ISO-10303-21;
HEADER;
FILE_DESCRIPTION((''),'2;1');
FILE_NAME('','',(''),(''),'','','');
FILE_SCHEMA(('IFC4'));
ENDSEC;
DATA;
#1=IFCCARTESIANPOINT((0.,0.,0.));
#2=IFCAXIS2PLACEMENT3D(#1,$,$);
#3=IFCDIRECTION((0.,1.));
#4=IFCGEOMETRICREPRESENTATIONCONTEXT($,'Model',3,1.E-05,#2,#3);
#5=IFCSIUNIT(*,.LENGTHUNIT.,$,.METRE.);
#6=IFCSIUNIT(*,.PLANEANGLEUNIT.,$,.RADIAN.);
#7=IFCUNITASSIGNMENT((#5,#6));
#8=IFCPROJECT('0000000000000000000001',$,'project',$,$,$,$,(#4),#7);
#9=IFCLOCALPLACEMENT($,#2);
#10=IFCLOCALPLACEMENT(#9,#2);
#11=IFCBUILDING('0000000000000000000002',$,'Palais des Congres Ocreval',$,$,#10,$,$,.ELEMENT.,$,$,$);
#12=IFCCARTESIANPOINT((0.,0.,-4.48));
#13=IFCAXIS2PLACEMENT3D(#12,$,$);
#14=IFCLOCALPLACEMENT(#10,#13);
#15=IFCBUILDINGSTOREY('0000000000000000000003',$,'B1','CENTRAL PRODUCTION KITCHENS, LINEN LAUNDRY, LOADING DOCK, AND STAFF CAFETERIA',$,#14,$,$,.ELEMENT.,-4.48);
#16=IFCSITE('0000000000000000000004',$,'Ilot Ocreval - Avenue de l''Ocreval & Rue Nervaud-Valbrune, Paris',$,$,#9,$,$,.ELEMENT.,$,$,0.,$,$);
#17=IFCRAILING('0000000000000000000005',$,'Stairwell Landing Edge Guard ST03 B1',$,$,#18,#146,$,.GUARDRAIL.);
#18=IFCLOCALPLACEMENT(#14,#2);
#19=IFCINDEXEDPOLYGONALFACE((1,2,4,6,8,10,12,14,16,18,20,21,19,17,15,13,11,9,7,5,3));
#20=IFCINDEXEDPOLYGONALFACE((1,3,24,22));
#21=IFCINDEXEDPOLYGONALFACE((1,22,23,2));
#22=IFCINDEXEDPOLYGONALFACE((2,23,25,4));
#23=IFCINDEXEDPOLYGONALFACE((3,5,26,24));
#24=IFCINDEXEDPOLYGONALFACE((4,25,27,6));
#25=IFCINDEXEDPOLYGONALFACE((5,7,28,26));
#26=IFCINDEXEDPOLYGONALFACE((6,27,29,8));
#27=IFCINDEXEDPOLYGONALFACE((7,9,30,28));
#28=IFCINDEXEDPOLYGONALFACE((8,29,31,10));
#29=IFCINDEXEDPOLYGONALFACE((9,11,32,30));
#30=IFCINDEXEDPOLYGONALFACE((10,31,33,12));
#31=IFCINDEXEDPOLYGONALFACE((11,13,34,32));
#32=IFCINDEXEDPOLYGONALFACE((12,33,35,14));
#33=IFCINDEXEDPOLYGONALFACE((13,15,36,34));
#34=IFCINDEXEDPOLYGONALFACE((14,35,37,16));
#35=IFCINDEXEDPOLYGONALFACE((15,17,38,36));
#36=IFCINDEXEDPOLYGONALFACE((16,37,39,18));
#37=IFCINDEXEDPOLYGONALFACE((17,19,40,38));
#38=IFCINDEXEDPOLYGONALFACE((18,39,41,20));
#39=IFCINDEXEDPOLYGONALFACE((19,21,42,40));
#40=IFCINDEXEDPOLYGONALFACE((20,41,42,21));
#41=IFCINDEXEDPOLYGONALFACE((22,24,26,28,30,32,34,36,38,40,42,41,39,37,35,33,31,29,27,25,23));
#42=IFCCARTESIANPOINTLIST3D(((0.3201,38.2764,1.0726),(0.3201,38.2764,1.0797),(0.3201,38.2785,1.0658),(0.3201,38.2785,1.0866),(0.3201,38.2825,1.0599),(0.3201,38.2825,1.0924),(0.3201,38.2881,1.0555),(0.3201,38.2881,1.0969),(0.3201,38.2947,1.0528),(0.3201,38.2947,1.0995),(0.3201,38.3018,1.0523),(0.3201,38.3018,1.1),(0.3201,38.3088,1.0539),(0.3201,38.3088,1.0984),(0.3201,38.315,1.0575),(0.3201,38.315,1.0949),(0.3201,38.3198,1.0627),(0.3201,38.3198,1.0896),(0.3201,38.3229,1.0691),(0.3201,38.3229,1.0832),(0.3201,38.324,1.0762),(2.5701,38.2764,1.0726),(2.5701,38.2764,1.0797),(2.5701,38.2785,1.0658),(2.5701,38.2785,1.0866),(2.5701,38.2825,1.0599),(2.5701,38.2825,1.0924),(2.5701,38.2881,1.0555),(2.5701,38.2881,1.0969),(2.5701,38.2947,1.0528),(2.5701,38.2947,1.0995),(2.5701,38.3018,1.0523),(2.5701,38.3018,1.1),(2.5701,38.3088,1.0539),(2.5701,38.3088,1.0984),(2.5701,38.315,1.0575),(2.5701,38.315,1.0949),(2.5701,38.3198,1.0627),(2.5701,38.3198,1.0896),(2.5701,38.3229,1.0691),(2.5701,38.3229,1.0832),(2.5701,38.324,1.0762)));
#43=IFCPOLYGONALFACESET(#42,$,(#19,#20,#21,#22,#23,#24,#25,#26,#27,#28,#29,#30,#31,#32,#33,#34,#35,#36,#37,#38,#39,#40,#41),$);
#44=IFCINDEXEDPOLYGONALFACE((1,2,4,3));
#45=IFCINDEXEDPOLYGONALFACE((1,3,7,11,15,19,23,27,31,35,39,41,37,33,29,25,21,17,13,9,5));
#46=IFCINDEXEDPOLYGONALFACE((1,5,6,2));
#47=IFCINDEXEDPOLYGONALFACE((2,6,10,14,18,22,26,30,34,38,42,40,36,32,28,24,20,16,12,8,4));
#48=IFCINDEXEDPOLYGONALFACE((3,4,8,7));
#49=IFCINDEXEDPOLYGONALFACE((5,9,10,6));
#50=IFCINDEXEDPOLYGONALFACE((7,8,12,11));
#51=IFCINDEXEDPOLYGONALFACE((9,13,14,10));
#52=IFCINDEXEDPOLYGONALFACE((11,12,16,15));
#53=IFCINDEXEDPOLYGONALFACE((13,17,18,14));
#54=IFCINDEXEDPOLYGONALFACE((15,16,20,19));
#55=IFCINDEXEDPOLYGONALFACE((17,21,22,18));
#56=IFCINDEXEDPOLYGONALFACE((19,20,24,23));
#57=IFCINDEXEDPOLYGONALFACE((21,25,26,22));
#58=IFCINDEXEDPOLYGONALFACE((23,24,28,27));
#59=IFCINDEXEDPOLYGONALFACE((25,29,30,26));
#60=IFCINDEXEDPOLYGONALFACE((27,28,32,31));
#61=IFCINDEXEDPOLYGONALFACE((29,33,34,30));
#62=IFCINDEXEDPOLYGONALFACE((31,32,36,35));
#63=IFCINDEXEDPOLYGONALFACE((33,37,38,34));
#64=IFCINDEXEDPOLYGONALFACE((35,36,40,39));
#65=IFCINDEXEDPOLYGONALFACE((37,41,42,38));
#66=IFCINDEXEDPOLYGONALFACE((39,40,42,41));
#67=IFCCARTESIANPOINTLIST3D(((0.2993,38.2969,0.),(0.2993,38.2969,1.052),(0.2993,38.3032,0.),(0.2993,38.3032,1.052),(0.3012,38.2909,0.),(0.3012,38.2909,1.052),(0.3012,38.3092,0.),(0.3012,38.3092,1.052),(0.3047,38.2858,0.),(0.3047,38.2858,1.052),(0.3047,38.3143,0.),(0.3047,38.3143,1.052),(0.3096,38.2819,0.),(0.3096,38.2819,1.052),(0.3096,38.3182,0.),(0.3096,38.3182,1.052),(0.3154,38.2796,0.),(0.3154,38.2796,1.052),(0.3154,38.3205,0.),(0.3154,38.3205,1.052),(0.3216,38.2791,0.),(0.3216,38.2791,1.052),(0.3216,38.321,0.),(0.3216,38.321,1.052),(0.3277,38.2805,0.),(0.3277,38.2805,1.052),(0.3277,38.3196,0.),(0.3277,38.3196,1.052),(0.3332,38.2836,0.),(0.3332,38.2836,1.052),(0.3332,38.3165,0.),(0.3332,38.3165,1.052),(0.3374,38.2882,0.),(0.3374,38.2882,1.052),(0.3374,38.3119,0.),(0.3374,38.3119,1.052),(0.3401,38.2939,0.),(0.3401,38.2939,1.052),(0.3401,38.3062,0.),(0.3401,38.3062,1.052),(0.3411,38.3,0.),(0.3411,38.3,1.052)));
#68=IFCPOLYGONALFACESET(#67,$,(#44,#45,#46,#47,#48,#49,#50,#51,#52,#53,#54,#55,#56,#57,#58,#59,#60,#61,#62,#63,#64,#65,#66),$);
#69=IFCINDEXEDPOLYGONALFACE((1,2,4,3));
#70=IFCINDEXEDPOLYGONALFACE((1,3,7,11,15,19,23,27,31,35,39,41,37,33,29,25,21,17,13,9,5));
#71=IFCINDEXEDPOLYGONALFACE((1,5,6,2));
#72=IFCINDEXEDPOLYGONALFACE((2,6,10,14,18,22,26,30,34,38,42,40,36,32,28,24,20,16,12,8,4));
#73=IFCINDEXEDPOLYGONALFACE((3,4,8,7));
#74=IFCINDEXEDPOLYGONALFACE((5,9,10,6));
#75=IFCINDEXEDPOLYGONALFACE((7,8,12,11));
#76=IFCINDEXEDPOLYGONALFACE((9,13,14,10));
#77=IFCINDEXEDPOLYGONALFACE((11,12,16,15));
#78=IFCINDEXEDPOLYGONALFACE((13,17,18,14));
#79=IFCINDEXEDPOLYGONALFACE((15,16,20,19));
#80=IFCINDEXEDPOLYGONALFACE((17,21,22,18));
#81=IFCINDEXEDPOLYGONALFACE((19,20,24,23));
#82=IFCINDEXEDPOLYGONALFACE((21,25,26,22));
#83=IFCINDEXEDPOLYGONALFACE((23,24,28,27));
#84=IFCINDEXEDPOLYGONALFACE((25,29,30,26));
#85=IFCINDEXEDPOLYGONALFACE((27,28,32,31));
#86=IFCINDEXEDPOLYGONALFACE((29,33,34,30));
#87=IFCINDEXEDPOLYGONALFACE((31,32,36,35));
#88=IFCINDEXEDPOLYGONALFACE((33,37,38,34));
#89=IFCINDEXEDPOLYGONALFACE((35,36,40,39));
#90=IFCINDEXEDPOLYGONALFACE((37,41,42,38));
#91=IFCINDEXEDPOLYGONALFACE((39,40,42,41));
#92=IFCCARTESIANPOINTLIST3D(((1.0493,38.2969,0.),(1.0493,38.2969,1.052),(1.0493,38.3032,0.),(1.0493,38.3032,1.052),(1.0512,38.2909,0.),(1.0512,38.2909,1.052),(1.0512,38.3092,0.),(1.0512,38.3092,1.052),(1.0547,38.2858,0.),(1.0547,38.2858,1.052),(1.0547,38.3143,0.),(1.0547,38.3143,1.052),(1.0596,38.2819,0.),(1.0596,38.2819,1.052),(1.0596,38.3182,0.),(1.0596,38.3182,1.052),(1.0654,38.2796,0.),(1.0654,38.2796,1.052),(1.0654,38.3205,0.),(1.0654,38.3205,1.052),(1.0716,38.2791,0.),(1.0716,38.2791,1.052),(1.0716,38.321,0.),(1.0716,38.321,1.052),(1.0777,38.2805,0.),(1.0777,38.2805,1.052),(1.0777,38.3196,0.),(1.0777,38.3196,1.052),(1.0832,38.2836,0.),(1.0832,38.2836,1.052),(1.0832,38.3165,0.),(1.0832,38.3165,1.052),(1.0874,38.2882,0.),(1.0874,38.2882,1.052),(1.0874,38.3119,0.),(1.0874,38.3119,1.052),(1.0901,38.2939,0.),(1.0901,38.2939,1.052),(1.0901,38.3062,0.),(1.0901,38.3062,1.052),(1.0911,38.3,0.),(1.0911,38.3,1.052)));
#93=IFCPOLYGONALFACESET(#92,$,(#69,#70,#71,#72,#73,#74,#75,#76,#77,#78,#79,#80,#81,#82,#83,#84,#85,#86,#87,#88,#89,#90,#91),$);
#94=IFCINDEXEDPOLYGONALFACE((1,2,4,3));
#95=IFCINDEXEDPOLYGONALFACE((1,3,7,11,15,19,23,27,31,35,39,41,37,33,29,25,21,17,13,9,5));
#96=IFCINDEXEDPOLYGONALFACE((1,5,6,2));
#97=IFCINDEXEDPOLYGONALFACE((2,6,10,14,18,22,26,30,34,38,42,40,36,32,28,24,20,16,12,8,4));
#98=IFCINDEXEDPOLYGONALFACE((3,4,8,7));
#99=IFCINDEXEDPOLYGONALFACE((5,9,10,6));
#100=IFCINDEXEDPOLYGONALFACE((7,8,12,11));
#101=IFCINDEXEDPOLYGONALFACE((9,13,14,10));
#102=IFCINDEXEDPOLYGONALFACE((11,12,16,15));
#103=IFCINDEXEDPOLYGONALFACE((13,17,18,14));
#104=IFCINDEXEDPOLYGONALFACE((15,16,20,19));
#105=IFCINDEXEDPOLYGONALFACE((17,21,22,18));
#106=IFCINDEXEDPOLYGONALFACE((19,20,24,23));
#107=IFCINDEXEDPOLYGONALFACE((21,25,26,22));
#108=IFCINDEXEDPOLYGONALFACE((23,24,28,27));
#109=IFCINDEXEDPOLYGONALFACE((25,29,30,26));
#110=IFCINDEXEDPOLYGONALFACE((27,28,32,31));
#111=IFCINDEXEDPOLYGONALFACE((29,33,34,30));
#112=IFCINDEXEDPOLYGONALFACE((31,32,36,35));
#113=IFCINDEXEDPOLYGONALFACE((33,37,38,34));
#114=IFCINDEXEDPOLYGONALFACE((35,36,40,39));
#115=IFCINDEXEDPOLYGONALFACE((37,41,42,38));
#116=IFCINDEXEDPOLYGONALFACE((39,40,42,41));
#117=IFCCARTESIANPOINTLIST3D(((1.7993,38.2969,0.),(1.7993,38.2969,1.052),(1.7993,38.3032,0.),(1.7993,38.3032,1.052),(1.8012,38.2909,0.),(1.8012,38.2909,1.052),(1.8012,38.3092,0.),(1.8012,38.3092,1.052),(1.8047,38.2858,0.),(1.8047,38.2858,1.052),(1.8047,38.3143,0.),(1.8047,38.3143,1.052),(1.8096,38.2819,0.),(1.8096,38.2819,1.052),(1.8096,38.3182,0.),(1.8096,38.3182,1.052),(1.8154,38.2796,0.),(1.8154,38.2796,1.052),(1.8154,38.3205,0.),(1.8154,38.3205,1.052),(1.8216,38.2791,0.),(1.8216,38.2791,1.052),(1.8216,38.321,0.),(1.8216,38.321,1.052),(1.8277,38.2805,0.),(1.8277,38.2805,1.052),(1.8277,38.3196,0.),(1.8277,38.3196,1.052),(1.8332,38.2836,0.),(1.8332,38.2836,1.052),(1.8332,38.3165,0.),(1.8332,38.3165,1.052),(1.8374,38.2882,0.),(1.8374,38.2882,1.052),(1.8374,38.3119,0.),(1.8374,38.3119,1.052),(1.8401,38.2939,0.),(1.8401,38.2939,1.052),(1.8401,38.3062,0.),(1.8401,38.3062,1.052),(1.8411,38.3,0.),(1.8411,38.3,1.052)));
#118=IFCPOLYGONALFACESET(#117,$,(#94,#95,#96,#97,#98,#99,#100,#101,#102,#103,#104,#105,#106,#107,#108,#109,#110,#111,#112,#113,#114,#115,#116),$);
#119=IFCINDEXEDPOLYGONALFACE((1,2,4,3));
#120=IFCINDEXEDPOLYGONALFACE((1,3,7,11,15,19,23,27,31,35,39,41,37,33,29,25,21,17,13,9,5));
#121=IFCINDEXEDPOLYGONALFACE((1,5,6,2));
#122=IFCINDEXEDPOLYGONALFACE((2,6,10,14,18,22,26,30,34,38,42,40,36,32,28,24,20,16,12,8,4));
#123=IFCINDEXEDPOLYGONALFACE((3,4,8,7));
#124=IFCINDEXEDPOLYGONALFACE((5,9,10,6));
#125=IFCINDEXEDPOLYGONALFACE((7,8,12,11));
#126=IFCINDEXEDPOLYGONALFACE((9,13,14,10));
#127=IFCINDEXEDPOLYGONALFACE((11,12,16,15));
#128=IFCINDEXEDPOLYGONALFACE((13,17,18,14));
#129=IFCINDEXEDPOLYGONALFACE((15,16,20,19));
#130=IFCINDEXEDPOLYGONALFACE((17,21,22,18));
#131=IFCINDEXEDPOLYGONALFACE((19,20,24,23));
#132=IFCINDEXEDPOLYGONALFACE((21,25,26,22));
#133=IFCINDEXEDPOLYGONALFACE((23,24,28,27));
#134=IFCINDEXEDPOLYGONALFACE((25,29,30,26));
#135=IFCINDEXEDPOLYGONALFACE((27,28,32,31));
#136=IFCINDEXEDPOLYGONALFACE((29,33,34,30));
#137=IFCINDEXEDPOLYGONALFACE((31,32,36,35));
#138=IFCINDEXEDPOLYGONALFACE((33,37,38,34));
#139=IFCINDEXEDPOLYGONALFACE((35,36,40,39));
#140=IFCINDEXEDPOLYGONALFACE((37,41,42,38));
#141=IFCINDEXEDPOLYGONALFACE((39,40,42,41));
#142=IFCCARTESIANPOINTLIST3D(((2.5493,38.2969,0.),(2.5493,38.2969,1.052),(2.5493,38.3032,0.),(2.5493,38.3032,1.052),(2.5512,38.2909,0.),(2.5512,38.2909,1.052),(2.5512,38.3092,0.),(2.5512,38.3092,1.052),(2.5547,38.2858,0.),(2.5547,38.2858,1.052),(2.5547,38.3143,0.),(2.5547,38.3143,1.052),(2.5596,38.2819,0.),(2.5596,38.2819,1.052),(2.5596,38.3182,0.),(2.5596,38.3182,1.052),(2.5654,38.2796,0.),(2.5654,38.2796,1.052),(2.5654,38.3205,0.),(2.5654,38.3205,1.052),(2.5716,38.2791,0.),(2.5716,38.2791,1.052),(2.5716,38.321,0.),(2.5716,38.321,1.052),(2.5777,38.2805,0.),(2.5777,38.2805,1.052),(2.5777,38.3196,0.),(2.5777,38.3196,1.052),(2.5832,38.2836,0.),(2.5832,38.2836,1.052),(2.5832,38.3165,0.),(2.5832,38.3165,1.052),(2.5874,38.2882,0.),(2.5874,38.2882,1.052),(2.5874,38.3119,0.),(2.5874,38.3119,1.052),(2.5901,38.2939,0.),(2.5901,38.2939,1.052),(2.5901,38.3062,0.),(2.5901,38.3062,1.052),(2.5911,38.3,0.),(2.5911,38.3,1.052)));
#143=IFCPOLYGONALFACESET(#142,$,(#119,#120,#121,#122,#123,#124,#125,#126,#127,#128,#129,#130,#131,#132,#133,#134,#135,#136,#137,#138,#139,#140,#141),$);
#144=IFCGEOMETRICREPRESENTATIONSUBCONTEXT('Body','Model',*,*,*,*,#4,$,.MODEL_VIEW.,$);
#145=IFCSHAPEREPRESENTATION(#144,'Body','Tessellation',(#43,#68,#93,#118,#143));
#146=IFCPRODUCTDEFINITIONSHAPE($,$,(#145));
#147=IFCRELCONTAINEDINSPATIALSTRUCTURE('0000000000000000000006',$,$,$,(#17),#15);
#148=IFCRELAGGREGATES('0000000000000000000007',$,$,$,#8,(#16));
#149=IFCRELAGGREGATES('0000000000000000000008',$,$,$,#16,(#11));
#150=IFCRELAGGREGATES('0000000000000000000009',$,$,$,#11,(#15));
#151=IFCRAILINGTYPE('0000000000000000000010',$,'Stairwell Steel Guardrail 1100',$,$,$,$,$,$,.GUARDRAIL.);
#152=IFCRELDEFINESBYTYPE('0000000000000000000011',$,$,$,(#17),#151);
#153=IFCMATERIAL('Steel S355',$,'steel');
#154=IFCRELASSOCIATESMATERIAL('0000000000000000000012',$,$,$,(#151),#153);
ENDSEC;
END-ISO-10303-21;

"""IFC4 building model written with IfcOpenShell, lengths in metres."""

from ifc_helpers import new_model, si_unit, direction, frame, origin, origin_2d, place, context, subcontext, project, spatial, circle, extrude, material, type_object, element, save


model = new_model("IFC4")

# Units and contexts
model_context = context("Model", 3, precision=1e-05, world=origin(), true_north=direction((0.0, 1.0)))
body_context = subcontext(model_context, "Body", "Model", "MODEL_VIEW")
ifc_project = project(units=[si_unit("LENGTHUNIT", "METRE"), si_unit("PLANEANGLEUNIT", "RADIAN")], contexts=[model_context])

# Site, building, storey
site_placement = place(None, origin())
site = spatial("IfcSite", under=ifc_project, at=site_placement, Name="Ilot Ocreval - Avenue de l'Ocreval & Rue Nervaud-Valbrune, Paris", CompositionType="ELEMENT", RefElevation=0.0)
building_placement = place(site_placement, origin())
building = spatial("IfcBuilding", under=site, at=building_placement, Name="Palais des Congres Ocreval", CompositionType="ELEMENT")
storey_placement = place(building_placement, frame((0.0, 0.0, -4.48)))
storey = spatial("IfcBuildingStorey", under=building, at=storey_placement, Name="B1", Description="CENTRAL PRODUCTION KITCHENS, LINEN LAUNDRY, LOADING DOCK, AND STAFF CAFETERIA", CompositionType="ELEMENT", Elevation=-4.48)

# Shared definitions
ifc_material_1 = material(Name="Steel S355", Category="steel")

# Railing
railing_type_1 = type_object("IfcRailingType", Name="Stairwell Steel Guardrail 1100", PredefinedType="GUARDRAIL", material=ifc_material_1)
railing_1_placement = place(storey_placement, frame((0.3201, 38.3, 0.0)))
element("IfcRailing", 1, at=railing_1_placement, inside=storey, type_object=railing_type_1, Name="Stairwell Landing Edge Guard ST03 B1", PredefinedType="GUARDRAIL", context=body_context, shape_type="SweptSolid", body=[
    extrude(circle(Radius=0.0239, at=origin_2d()), frame((0.0, 0.0, 1.0762), z_axis=(1.0, 0.0, 0.0), x_axis=(0.0, 1.0, 0.0)), (0.0, 0.0, 1.0), 2.25),
    extrude(circle(Radius=0.021, at=origin_2d()), origin(), (0.0, 0.0, 1.0), 1.052),
    extrude(circle(Radius=0.021, at=origin_2d()), frame((0.75, 0.0, 0.0)), (0.0, 0.0, 1.0), 1.052),
    extrude(circle(Radius=0.021, at=origin_2d()), frame((1.5, 0.0, 0.0)), (0.0, 0.0, 1.0), 1.052),
    extrude(circle(Radius=0.021, at=origin_2d()), frame((2.25, 0.0, 0.0)), (0.0, 0.0, 1.0), 1.052),
])

save(model, "model.ifc")
